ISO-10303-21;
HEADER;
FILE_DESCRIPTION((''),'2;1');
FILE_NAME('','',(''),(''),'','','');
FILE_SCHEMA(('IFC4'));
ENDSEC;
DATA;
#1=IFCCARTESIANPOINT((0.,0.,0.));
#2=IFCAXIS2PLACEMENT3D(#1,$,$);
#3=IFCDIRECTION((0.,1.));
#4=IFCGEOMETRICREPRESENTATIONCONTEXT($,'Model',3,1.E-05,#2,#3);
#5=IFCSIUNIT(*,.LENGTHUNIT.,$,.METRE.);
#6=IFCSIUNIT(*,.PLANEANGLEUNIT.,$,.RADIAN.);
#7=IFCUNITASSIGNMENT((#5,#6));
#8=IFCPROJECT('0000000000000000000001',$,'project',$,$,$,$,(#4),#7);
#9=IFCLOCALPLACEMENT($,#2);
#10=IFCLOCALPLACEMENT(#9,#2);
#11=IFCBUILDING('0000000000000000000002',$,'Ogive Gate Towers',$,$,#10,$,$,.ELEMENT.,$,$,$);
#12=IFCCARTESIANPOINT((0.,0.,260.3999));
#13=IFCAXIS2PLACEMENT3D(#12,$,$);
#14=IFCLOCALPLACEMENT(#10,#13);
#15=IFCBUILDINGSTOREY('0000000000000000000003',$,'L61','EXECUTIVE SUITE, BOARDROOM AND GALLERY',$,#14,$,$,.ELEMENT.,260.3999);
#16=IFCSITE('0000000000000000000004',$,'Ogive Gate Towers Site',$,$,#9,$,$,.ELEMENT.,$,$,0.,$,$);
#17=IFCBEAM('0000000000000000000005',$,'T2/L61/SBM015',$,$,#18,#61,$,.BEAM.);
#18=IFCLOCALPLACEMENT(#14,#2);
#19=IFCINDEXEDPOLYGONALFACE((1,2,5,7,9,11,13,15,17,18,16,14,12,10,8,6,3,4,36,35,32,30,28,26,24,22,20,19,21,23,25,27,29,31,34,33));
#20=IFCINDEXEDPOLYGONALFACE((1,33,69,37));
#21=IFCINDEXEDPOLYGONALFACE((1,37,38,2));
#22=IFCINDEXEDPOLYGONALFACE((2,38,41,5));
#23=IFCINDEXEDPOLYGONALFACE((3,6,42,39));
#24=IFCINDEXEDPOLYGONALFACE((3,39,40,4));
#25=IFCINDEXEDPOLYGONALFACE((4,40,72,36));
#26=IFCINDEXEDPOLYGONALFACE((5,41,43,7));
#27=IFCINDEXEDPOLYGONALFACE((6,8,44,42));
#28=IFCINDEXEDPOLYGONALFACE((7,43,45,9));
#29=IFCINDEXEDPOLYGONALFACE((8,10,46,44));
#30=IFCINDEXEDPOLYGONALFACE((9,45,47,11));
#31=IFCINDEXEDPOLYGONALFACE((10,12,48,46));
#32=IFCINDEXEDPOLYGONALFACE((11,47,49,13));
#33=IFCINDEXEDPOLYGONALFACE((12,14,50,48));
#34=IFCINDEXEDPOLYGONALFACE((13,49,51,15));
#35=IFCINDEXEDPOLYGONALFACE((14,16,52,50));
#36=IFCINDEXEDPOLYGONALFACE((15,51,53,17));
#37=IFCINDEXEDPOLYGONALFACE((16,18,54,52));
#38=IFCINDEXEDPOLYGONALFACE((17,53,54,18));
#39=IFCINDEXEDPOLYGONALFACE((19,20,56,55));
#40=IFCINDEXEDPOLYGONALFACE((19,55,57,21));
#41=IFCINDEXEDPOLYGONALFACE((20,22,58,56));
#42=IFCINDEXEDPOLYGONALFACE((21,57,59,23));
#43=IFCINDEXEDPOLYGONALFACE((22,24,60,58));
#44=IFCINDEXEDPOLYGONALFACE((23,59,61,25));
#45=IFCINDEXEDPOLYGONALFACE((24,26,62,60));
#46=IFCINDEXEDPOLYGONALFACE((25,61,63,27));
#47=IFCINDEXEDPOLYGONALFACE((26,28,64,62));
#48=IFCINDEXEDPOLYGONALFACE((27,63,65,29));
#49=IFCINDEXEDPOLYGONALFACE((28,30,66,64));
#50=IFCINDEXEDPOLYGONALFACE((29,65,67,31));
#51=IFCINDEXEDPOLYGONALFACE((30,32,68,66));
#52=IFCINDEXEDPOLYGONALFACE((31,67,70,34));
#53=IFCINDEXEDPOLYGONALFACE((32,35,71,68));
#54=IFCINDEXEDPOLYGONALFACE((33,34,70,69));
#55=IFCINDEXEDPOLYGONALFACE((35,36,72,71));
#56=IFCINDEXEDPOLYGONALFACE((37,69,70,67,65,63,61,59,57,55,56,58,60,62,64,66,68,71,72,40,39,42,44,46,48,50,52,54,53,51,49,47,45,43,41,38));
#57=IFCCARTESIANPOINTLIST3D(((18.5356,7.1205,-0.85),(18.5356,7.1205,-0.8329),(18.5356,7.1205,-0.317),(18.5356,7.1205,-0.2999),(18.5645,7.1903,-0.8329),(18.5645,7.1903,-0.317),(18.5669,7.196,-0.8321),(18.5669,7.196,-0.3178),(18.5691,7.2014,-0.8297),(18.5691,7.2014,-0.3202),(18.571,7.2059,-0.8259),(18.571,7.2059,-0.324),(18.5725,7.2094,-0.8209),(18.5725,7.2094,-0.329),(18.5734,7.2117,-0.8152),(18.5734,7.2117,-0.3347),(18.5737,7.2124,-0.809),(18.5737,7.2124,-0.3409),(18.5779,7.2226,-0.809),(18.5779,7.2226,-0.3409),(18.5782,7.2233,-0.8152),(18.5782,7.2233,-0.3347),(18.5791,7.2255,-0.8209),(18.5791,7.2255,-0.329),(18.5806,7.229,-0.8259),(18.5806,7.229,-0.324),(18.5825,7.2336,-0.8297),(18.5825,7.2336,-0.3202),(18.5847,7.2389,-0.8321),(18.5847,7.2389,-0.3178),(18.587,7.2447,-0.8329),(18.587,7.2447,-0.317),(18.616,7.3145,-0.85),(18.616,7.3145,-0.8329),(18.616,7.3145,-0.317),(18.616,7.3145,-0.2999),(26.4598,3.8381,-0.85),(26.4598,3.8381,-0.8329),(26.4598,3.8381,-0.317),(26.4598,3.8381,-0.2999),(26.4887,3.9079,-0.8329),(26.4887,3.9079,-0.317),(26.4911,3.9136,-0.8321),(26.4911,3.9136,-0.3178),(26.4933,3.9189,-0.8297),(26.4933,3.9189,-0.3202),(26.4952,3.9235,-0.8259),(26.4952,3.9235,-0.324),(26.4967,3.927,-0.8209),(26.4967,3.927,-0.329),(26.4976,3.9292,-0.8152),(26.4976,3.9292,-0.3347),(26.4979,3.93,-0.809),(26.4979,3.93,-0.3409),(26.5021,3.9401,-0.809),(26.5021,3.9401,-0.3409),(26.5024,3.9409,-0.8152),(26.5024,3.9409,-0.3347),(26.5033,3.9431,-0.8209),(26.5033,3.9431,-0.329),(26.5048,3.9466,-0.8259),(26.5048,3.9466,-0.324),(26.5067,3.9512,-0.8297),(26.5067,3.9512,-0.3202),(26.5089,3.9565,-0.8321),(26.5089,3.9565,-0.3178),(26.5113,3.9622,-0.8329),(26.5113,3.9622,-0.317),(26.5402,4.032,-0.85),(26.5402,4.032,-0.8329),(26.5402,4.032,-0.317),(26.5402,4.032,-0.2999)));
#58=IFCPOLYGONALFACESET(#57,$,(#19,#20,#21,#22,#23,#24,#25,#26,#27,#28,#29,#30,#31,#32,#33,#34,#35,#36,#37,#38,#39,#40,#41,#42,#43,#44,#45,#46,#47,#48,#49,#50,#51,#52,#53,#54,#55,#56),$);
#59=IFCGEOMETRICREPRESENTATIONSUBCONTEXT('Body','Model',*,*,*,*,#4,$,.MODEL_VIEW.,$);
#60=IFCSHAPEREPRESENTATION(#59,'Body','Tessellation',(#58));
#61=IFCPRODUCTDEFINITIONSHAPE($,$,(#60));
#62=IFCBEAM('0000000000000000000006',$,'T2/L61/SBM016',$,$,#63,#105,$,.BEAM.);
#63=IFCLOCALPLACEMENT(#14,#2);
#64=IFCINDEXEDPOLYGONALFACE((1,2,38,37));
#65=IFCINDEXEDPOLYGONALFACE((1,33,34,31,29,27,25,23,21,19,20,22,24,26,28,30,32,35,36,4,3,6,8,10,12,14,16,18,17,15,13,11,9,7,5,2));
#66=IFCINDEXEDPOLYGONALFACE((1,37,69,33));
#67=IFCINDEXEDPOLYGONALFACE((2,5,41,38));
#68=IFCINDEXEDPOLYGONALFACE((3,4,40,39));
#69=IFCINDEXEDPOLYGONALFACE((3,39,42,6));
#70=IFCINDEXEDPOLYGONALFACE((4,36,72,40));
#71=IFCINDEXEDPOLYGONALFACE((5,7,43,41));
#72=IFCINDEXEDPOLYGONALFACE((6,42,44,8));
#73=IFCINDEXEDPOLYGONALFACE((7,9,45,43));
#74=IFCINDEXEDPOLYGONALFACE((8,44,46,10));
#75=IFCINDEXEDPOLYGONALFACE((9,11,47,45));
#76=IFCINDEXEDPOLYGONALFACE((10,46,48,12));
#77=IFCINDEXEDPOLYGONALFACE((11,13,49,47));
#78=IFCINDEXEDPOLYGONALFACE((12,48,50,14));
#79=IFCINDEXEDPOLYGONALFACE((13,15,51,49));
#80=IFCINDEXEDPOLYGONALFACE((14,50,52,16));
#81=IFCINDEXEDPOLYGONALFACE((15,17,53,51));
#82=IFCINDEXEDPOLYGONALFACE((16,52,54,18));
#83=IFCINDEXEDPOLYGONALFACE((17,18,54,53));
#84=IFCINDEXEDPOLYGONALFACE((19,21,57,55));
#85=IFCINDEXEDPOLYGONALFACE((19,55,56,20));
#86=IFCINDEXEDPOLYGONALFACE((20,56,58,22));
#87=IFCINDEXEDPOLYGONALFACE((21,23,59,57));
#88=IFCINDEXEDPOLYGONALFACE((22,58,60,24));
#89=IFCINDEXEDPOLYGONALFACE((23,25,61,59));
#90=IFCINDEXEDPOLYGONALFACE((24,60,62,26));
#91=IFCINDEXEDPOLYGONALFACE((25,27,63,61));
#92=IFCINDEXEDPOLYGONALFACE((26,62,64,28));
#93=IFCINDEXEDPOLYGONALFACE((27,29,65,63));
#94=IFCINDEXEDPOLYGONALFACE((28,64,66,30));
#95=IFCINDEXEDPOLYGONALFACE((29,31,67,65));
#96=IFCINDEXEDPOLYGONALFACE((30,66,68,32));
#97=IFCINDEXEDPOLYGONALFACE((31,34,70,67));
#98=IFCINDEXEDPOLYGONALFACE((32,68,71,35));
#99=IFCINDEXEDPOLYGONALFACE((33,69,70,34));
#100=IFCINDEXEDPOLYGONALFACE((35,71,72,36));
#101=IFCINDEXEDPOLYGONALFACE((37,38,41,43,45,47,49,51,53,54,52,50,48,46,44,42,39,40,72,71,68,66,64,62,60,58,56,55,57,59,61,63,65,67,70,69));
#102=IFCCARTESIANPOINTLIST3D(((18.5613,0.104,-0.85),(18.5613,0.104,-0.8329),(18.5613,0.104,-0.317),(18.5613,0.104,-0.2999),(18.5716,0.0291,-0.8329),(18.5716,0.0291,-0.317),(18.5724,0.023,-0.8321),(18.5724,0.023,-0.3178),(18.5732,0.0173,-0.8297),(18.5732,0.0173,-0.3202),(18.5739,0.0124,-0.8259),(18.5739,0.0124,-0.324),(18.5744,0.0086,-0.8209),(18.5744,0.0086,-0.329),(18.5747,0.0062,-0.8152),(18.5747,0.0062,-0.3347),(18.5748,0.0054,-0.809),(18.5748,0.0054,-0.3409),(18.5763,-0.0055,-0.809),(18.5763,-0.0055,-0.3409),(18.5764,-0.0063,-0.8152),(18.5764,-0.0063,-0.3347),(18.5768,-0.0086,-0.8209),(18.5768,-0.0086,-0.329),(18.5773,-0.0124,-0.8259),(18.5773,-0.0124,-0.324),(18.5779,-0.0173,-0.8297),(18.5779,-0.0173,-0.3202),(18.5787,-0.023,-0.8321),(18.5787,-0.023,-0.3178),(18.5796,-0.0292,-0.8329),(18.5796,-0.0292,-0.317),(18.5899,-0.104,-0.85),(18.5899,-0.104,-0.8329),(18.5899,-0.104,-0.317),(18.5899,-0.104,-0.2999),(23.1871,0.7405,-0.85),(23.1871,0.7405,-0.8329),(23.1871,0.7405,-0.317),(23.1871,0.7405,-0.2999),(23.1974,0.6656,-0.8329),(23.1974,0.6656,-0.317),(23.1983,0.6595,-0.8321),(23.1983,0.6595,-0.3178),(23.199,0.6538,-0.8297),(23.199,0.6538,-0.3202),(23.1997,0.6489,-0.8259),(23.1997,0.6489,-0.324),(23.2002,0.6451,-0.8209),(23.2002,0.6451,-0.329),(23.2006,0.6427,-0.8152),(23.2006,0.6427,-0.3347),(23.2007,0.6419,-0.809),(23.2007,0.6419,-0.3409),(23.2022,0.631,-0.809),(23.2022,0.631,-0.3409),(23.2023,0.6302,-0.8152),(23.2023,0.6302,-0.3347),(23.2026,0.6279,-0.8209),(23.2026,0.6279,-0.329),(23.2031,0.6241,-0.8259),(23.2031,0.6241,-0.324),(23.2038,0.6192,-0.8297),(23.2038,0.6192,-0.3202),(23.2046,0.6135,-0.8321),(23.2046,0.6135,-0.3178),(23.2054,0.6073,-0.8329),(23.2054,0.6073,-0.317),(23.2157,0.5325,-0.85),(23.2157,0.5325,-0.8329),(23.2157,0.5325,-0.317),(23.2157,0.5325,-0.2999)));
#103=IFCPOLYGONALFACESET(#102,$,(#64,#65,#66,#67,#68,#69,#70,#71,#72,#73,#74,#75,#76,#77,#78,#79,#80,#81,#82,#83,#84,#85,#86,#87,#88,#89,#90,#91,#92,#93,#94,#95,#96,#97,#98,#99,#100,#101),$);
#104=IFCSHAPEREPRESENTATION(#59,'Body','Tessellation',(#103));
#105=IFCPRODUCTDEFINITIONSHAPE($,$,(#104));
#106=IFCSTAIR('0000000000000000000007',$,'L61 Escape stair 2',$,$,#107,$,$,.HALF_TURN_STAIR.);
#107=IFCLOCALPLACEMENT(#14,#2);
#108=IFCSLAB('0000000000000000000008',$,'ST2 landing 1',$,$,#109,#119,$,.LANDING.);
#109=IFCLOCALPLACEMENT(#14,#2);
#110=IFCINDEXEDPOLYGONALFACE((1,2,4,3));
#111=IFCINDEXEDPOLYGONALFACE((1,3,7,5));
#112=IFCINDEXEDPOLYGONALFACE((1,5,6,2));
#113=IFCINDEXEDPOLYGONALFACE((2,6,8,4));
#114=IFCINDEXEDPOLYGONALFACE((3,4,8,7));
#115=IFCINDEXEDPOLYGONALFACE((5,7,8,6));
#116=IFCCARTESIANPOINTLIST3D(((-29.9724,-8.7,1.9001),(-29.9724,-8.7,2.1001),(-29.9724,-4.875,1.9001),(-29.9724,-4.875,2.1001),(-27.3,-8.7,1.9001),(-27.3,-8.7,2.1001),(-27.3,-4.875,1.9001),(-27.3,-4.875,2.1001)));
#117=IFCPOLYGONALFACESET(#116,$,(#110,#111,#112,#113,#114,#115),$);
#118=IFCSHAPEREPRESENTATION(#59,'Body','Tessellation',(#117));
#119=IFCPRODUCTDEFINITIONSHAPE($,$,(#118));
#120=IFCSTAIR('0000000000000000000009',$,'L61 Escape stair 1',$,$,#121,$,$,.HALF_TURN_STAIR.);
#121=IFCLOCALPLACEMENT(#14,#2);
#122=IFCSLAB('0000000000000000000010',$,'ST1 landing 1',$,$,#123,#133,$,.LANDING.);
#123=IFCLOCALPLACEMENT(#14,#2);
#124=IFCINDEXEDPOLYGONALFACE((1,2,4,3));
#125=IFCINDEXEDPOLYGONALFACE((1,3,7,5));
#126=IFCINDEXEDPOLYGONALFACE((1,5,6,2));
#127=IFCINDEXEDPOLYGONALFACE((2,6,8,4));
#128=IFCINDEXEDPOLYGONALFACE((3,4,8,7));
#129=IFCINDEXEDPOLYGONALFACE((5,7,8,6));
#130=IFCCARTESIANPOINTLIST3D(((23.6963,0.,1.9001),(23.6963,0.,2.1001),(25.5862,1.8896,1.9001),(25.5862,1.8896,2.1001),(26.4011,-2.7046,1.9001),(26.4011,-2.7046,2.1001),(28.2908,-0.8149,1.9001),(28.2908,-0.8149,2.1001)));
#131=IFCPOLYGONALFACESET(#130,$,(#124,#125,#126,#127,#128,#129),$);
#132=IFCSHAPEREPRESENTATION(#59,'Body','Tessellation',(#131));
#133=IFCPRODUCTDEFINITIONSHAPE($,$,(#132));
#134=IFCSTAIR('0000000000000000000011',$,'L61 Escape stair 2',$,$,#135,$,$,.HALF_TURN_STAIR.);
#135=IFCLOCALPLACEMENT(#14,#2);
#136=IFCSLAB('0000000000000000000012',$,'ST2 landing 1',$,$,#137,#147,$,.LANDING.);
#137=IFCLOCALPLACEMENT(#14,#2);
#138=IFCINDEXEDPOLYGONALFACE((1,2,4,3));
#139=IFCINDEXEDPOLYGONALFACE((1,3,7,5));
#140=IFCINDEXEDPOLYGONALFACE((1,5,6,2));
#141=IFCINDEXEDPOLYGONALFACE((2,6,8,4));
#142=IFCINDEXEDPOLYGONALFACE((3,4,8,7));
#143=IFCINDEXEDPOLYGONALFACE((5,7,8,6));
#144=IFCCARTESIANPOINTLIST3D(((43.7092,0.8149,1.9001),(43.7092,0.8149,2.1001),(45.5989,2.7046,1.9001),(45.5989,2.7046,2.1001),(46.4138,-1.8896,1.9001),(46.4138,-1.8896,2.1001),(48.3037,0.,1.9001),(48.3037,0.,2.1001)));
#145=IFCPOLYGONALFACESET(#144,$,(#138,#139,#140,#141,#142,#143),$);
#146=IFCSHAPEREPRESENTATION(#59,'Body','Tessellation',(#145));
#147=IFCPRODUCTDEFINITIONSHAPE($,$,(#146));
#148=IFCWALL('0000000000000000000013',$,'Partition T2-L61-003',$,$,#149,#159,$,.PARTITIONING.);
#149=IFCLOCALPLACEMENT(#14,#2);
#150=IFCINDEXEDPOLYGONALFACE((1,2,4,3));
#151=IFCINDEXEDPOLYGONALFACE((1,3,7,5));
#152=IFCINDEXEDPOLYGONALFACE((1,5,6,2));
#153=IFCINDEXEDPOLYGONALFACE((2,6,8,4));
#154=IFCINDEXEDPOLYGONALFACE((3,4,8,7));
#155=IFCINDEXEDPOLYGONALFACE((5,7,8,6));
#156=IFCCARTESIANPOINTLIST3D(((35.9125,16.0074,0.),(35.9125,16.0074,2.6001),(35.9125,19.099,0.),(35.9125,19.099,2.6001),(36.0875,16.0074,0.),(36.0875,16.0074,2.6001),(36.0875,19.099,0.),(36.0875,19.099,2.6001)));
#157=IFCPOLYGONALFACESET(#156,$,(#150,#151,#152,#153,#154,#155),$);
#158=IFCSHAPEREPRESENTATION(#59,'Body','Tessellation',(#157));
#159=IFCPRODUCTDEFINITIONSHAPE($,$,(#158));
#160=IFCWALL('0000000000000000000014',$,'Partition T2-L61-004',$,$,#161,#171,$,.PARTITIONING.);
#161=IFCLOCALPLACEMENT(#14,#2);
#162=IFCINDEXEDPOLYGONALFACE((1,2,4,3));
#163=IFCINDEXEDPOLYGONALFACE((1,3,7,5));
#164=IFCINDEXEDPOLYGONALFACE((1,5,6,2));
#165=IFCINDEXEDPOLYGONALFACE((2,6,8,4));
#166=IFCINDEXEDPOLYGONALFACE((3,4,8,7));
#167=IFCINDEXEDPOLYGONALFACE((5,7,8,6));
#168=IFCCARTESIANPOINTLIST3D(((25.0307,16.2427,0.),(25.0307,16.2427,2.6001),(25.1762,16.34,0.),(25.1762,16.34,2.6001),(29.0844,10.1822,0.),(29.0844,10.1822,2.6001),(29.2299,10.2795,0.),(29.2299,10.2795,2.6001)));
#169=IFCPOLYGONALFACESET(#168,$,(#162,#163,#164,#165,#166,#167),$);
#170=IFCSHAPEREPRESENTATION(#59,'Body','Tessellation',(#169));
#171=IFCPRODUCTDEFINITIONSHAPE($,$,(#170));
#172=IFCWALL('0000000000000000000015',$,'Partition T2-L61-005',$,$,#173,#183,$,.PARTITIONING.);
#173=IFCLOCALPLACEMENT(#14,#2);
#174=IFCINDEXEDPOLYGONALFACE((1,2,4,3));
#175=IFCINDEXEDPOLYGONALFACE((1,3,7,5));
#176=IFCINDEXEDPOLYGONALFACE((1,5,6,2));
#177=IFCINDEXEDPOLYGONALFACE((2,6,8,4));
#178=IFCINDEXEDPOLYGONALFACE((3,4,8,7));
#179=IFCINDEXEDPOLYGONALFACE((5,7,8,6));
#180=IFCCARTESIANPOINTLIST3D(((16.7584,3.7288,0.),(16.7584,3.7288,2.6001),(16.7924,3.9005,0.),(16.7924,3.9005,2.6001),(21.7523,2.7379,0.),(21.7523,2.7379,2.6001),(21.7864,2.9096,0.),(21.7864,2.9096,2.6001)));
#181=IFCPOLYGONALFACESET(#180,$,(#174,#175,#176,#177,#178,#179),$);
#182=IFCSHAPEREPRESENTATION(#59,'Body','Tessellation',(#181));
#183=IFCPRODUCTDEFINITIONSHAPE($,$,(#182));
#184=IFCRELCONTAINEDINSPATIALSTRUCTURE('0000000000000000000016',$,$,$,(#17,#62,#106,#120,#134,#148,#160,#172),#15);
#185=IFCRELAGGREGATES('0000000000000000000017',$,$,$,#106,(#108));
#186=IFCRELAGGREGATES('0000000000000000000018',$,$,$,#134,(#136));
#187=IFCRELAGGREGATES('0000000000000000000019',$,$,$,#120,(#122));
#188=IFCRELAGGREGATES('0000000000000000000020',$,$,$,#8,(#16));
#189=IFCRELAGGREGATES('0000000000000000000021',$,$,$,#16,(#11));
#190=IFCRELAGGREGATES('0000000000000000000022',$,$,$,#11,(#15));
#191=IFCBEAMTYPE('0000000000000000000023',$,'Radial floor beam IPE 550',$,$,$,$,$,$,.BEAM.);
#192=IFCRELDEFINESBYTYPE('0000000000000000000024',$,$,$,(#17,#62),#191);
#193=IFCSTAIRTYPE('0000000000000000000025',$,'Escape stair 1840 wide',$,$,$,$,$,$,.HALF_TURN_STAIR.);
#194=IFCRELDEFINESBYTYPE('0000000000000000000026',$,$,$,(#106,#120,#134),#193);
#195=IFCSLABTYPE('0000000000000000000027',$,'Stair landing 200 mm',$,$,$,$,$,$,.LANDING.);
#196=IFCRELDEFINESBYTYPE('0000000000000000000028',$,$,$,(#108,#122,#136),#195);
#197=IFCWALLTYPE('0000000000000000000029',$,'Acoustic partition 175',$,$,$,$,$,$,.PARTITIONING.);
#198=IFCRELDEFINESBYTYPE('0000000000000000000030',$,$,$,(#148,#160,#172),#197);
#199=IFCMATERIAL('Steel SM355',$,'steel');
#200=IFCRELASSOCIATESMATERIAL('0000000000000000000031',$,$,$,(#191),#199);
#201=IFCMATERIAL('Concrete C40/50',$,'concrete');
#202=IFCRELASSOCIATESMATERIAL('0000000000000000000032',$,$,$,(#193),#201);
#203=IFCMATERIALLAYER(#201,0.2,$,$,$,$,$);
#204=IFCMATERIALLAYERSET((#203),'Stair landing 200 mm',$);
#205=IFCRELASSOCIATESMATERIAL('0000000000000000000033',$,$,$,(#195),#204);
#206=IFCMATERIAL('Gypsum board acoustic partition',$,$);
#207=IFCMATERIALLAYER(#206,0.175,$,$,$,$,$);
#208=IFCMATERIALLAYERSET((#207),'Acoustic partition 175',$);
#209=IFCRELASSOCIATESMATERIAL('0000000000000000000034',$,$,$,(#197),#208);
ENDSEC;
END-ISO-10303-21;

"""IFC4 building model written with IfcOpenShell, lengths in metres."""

from ifc_helpers import new_model, si_unit, direction, frame, frame_2d, origin, origin_2d, place, context, subcontext, project, spatial, polyline, rectangle, i_section, outline, extrude, material, layer, layer_set, material_profile, profile_set, type_object, element, aggregate, save


model = new_model("IFC4")

# Units and contexts
model_context = context("Model", 3, precision=1e-05, world=origin(), true_north=direction((0.0, 1.0)))
body_context = subcontext(model_context, "Body", "Model", "MODEL_VIEW")
ifc_project = project(units=[si_unit("LENGTHUNIT", "METRE"), si_unit("PLANEANGLEUNIT", "RADIAN")], contexts=[model_context])

# Site, building, storey
site_placement = place(None, origin())
site = spatial("IfcSite", under=ifc_project, at=site_placement, Name="Ogive Gate Towers Site", CompositionType="ELEMENT", RefElevation=0.0)
building_placement = place(site_placement, origin())
building = spatial("IfcBuilding", under=site, at=building_placement, Name="Ogive Gate Towers", CompositionType="ELEMENT")
storey_placement = place(building_placement, frame((0.0, 0.0, 260.3999)))
storey = spatial("IfcBuildingStorey", under=building, at=storey_placement, Name="L61", Description="EXECUTIVE SUITE, BOARDROOM AND GALLERY", CompositionType="ELEMENT", Elevation=260.3999)

# Beams
ifc_material_1 = material(Name="Concrete C40/50", Category="concrete")
ifc_material_2 = material(Name="Steel SM355", Category="steel")
ifc_material_profile_1 = material_profile(ifc_material_2, i_section(OverallWidth=0.21, OverallDepth=0.55, WebThickness=0.011, FlangeThickness=0.0171, FilletRadius=0.0239, at=origin_2d()), Name="IPE 550")
ifc_profile_set_1 = profile_set([ifc_material_profile_1], Name="Steel SM355")
beam_type_1 = type_object("IfcBeamType", Name="Radial floor beam IPE 550", PredefinedType="BEAM", material=ifc_profile_set_1)
beam_1_placement = place(storey_placement, frame((26.5, 3.9351, -0.575), z_axis=(-0.923875, 0.382695, 0.0), x_axis=(-0.382695, -0.923875, 0.0)))
element("IfcBeam", 1, at=beam_1_placement, inside=storey, type_object=beam_type_1, Name="T2/L61/SBM015", PredefinedType="BEAM", context=body_context, shape_type="SweptSolid", body=[
    extrude(i_section(OverallWidth=0.21, OverallDepth=0.55, WebThickness=0.011, FlangeThickness=0.0171, FilletRadius=0.0239, at=origin_2d()), origin(), (0.0, 0.0, 1.0), 8.5771),
])
beam_2_placement = place(storey_placement, frame((23.2014, 0.6365, -0.575), z_axis=(-0.990666, -0.13631, 0.0), x_axis=(0.13631, -0.990666, 0.0)))
element("IfcBeam", 2, at=beam_2_placement, inside=storey, type_object=beam_type_1, Name="T2/L61/SBM016", PredefinedType="BEAM", context=body_context, shape_type="SweptSolid", body=[
    extrude(i_section(OverallWidth=0.21, OverallDepth=0.55, WebThickness=0.011, FlangeThickness=0.0171, FilletRadius=0.0239, at=origin_2d()), origin(), (0.0, 0.0, 1.0), 4.6694),
])

# Stairs, slabs
stair_type = type_object("IfcStairType", Name="Escape stair 1840 wide", PredefinedType="HALF_TURN_STAIR", material=ifc_material_1)
stair_1_placement = place(storey_placement, origin())
stair_1 = element("IfcStair", 3, at=stair_1_placement, inside=storey, type_object=stair_type, Name="L61 Escape stair 2", PredefinedType="HALF_TURN_STAIR")
ifc_layer_1 = layer(ifc_material_1, 0.2)
ifc_layer_set_1 = layer_set([ifc_layer_1], Name="Stair landing 200 mm")
slab_type = type_object("IfcSlabType", Name="Stair landing 200 mm", PredefinedType="LANDING", material=ifc_layer_set_1)
slab_1_placement = place(storey_placement, frame((0.0, 0.0, 1.9001)))
slab_1 = element("IfcSlab", 4, at=slab_1_placement, type_object=slab_type, Name="ST2 landing 1", PredefinedType="LANDING", context=body_context, shape_type="SweptSolid", body=[
    extrude(outline(polyline([(-29.9724, -8.7), (-27.3, -8.7), (-27.3, -4.875), (-29.9724, -4.875), (-29.9724, -8.7)])), origin(), (0.0, 0.0, 1.0), 0.2),
])
aggregate(stair_1, [slab_1])
stair_2_placement = place(storey_placement, origin())
stair_2 = element("IfcStair", 5, at=stair_2_placement, inside=storey, type_object=stair_type, Name="L61 Escape stair 1", PredefinedType="HALF_TURN_STAIR")
slab_2_placement = place(storey_placement, frame((0.0, 0.0, 1.9001)))
slab_2 = element("IfcSlab", 6, at=slab_2_placement, type_object=slab_type, Name="ST1 landing 1", PredefinedType="LANDING", context=body_context, shape_type="SweptSolid", body=[
    extrude(outline(polyline([(25.5862, 1.8896), (23.6963, 0.0), (26.4011, -2.7046), (28.2908, -0.8149), (25.5862, 1.8896)])), origin(), (0.0, 0.0, 1.0), 0.2),
])
stair_3_placement = place(storey_placement, origin())
stair_3 = element("IfcStair", 7, at=stair_3_placement, inside=storey, type_object=stair_type, Name="L61 Escape stair 2", PredefinedType="HALF_TURN_STAIR")
slab_3_placement = place(storey_placement, frame((0.0, 0.0, 1.9001)))
slab_3 = element("IfcSlab", 8, at=slab_3_placement, type_object=slab_type, Name="ST2 landing 1", PredefinedType="LANDING", context=body_context, shape_type="SweptSolid", body=[
    extrude(outline(polyline([(46.4138, -1.8896), (48.3037, 0.0), (45.5989, 2.7046), (43.7092, 0.8149), (46.4138, -1.8896)])), origin(), (0.0, 0.0, 1.0), 0.2),
])
aggregate(stair_3, [slab_3])

# Walls
ifc_material_3 = material(Name="Gypsum board acoustic partition")
ifc_layer_2 = layer(ifc_material_3, 0.175)
ifc_layer_set_2 = layer_set([ifc_layer_2], Name="Acoustic partition 175")
wall_type_1 = type_object("IfcWallType", Name="Acoustic partition 175", PredefinedType="PARTITIONING", material=ifc_layer_set_2)
wall_1_placement = place(storey_placement, frame((36.0, 19.0991, 0.0), z_axis=(0.0, 0.0, 1.0), x_axis=(0.0, -1.0, 0.0)))
element("IfcWall", 9, at=wall_1_placement, inside=storey, type_object=wall_type_1, Name="Partition T2-L61-003", PredefinedType="PARTITIONING", context=body_context, shape_type="SweptSolid", body=[
    extrude(rectangle(XDim=3.0916, YDim=0.175, at=frame_2d((1.5459, 0.0))), origin(), (0.0, 0.0, 1.0), 2.6001),
])
wall_2_placement = place(storey_placement, frame((25.1035, 16.2913, 0.0), z_axis=(0.0, 0.0, 1.0), x_axis=(0.555967, -0.831205, 0.0)))
element("IfcWall", 10, at=wall_2_placement, inside=storey, type_object=wall_type_1, Name="Partition T2-L61-004", PredefinedType="PARTITIONING", context=body_context, shape_type="SweptSolid", body=[
    extrude(rectangle(XDim=7.2913, YDim=0.175, at=frame_2d((3.6455, 0.0))), origin(), (0.0, 0.0, 1.0), 2.6001),
])
wall_3_placement = place(storey_placement, frame((16.7754, 3.8147, 0.0), z_axis=(0.0, 0.0, 1.0), x_axis=(0.980875, -0.19464, 0.0)))
element("IfcWall", 11, at=wall_3_placement, inside=storey, type_object=wall_type_1, Name="Partition T2-L61-005", PredefinedType="PARTITIONING", context=body_context, shape_type="SweptSolid", body=[
    extrude(rectangle(XDim=5.0913, YDim=0.175, at=frame_2d((2.5457, 0.0))), origin(), (0.0, 0.0, 1.0), 2.6001),
])

aggregate(stair_2, [slab_2])

save(model, "model.ifc")
